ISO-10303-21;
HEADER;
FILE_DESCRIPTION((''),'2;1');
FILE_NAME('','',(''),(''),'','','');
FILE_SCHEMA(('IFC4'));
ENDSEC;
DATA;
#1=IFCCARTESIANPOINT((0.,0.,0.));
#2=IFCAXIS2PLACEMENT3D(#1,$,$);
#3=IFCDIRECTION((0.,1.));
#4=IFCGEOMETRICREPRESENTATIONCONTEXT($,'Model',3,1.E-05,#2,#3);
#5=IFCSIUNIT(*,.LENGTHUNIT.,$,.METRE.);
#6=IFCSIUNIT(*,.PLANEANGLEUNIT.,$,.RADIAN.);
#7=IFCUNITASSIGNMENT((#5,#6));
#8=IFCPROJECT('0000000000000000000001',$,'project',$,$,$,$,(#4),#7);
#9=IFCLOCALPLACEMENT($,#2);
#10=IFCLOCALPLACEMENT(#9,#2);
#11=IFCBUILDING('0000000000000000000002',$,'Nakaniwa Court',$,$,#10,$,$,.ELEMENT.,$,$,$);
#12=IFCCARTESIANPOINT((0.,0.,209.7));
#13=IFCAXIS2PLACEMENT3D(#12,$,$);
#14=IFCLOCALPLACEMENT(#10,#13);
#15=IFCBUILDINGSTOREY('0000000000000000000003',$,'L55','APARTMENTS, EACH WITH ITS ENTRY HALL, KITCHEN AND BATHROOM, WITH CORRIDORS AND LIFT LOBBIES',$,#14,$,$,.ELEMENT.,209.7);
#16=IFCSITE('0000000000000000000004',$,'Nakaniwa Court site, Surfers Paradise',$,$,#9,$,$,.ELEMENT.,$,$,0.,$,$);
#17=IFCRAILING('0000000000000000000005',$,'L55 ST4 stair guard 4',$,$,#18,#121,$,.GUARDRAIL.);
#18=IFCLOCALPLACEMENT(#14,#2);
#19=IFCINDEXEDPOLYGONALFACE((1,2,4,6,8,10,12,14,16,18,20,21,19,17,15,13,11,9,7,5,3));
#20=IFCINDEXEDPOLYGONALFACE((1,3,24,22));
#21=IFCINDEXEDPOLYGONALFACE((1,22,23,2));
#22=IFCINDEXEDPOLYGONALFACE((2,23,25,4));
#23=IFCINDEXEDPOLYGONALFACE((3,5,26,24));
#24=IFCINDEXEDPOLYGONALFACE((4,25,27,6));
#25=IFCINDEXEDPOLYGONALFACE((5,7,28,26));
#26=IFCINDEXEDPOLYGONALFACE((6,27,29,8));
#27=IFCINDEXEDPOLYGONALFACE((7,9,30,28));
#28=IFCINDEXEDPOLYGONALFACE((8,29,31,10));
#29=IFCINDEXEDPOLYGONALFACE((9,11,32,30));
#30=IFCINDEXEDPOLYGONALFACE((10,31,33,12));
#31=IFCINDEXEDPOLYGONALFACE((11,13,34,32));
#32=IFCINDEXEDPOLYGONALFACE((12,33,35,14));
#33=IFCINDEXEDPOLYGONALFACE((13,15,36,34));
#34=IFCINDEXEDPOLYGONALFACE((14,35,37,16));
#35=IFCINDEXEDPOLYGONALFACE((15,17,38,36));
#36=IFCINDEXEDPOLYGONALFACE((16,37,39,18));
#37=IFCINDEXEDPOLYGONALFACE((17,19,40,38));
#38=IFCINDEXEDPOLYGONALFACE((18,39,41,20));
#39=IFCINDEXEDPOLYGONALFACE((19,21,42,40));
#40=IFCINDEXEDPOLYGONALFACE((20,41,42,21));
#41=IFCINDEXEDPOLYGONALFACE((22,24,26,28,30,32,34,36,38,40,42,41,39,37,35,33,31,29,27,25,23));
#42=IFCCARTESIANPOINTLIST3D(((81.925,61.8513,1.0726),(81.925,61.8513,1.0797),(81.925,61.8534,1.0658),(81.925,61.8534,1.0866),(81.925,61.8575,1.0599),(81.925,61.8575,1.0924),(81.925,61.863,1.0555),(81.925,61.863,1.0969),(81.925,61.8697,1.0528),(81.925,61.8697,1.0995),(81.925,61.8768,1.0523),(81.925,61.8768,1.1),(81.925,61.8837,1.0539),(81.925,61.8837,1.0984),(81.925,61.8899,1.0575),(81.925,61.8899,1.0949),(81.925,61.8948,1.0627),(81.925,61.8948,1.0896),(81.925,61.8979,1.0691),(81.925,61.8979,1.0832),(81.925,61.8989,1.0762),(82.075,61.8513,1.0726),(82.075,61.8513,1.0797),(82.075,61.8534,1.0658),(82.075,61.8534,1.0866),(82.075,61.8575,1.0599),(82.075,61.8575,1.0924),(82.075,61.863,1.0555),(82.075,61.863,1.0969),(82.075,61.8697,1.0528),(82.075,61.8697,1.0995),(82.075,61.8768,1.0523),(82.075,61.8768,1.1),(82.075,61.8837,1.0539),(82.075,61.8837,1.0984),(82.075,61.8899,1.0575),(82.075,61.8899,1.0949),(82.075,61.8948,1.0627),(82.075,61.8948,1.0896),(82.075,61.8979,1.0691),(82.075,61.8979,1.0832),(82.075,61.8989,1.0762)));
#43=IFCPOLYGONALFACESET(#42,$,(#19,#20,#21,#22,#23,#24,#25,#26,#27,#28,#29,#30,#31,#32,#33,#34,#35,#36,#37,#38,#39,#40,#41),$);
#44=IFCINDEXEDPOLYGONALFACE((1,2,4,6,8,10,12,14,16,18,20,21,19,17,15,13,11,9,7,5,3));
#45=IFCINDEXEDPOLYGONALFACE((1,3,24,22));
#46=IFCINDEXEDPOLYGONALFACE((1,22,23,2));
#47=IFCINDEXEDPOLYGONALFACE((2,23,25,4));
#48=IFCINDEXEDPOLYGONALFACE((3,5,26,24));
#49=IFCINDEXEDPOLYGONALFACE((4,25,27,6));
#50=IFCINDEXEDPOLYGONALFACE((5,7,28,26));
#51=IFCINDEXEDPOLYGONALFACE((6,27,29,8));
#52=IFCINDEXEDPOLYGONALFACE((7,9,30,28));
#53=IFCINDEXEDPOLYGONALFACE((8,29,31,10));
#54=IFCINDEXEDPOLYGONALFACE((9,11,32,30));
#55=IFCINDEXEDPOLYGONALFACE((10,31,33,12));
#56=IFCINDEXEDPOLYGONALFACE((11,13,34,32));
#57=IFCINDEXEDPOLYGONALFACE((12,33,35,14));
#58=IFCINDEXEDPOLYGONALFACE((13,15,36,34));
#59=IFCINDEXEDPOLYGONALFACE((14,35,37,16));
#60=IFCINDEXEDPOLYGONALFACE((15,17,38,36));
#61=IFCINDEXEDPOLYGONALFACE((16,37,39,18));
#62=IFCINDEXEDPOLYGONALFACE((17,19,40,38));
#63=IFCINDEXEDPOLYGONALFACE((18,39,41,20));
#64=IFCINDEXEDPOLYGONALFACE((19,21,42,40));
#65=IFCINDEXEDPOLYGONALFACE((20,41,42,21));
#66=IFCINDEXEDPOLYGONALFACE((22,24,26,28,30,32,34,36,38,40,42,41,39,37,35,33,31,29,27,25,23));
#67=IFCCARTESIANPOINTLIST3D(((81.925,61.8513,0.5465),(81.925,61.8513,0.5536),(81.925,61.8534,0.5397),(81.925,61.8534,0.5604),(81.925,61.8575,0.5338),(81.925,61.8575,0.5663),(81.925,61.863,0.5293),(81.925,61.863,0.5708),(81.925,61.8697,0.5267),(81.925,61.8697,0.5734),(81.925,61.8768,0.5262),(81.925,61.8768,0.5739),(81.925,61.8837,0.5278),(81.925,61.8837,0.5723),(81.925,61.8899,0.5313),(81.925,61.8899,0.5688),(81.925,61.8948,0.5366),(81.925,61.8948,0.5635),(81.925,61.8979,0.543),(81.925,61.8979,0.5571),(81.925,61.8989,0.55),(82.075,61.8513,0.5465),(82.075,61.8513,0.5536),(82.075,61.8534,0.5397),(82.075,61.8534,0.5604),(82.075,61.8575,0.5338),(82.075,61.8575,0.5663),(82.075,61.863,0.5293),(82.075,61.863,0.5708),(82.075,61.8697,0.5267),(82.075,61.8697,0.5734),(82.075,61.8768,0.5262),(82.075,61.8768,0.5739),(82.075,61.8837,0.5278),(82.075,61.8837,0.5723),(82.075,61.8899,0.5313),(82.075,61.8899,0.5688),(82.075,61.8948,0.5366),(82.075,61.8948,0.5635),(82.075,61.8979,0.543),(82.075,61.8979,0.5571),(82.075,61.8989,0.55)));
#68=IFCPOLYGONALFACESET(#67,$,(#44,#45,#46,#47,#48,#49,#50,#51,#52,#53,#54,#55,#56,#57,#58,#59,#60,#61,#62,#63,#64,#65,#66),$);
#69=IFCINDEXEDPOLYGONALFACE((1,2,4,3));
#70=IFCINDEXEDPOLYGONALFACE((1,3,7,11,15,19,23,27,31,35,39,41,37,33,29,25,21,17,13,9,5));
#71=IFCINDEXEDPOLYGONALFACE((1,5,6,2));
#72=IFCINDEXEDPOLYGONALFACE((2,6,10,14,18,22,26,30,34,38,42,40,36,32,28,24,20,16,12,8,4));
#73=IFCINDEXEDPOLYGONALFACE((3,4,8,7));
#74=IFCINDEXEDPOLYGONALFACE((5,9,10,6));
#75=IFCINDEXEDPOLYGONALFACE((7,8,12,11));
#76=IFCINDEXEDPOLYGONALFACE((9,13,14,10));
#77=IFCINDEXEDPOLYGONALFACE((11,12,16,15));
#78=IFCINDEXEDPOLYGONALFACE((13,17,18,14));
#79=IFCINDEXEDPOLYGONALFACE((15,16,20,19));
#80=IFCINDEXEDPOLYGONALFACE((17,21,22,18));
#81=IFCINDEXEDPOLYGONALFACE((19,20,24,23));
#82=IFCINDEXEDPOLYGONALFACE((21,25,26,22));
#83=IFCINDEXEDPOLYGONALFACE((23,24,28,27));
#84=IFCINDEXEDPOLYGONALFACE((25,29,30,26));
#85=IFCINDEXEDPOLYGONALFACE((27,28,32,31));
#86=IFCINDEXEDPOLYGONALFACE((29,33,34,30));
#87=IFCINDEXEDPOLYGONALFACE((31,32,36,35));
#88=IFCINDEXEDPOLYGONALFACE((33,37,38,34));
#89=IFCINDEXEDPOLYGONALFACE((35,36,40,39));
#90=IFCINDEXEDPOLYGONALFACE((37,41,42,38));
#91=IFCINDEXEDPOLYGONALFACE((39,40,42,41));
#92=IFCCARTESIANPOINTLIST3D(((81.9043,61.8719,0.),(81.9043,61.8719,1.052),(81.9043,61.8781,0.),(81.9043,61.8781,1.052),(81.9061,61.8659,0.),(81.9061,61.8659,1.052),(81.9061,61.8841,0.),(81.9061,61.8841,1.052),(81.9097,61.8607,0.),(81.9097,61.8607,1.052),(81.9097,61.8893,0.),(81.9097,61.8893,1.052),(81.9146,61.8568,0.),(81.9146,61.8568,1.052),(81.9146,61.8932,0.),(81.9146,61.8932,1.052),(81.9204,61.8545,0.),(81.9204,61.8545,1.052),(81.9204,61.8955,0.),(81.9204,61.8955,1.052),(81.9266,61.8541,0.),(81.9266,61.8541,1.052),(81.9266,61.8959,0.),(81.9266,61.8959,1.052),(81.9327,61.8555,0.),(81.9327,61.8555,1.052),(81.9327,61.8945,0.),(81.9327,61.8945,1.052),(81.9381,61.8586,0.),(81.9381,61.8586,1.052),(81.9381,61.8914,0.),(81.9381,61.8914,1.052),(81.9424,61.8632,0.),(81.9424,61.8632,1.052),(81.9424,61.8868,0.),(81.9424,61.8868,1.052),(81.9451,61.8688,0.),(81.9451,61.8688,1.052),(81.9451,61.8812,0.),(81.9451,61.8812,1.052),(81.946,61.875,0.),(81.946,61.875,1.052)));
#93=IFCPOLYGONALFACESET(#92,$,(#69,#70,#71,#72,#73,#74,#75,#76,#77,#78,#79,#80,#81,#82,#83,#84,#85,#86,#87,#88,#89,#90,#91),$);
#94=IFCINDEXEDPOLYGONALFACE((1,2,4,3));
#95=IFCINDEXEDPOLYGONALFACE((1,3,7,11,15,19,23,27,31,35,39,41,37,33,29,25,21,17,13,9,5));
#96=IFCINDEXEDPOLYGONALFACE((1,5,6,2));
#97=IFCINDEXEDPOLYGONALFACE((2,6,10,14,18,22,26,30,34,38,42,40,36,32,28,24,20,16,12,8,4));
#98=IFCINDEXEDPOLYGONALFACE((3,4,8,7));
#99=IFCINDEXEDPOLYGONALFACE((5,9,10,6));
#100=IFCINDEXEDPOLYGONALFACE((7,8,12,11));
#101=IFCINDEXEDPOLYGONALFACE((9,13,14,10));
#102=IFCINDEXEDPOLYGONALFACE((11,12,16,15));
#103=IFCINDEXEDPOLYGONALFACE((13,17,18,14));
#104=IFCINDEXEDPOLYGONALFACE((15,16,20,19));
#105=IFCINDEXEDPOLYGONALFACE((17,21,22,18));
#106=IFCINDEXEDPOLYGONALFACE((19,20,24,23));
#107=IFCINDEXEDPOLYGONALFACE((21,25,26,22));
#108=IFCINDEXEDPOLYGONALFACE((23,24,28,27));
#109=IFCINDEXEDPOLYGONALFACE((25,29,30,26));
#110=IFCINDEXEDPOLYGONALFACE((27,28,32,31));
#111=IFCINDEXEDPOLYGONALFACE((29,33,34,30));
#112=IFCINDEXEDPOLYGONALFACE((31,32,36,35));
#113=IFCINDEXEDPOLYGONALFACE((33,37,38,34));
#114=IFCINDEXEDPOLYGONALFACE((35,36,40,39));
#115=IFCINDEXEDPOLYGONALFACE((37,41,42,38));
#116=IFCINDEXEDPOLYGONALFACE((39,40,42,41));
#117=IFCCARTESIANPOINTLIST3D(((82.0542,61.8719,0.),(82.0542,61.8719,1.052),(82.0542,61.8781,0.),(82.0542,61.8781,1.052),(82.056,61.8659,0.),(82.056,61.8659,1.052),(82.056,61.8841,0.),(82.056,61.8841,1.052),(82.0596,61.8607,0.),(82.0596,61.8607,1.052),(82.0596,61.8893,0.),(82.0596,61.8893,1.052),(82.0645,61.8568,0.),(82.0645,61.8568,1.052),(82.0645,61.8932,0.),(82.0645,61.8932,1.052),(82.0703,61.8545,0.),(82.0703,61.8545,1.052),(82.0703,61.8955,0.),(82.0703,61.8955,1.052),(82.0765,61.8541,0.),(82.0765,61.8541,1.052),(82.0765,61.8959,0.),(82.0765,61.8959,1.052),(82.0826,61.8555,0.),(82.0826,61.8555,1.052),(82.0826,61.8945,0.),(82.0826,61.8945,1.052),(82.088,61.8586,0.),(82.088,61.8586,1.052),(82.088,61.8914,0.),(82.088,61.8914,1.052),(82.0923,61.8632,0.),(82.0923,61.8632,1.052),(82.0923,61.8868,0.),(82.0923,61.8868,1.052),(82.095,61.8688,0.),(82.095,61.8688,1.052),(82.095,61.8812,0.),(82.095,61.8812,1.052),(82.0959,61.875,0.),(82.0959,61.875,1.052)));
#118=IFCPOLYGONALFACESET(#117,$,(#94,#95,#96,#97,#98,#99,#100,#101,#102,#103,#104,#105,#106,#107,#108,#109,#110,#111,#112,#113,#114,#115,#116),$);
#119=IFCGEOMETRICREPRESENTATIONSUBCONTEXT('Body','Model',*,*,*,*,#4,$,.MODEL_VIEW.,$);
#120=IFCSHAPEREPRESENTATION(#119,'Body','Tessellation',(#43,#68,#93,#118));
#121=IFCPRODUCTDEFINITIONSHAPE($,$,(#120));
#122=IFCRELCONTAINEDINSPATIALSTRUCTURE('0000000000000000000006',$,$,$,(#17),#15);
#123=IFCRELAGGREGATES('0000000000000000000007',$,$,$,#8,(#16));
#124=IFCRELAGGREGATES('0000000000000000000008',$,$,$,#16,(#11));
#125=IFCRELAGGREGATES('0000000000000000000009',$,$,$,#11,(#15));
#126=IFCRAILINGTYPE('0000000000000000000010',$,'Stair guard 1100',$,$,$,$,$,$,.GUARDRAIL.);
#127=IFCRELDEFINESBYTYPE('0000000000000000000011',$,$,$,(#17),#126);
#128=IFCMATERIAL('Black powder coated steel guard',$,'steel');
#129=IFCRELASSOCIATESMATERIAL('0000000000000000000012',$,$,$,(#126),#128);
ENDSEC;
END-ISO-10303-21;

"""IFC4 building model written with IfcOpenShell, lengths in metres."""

from ifc_helpers import new_model, si_unit, direction, frame, origin, origin_2d, place, context, subcontext, project, spatial, circle, extrude, material, type_object, element, save


model = new_model("IFC4")

# Units and contexts
model_context = context("Model", 3, precision=1e-05, world=origin(), true_north=direction((0.0, 1.0)))
body_context = subcontext(model_context, "Body", "Model", "MODEL_VIEW")
ifc_project = project(units=[si_unit("LENGTHUNIT", "METRE"), si_unit("PLANEANGLEUNIT", "RADIAN")], contexts=[model_context])

# Site, building, storey
site_placement = place(None, origin())
site = spatial("IfcSite", under=ifc_project, at=site_placement, Name="Nakaniwa Court site, Surfers Paradise", CompositionType="ELEMENT", RefElevation=0.0)
building_placement = place(site_placement, origin())
building = spatial("IfcBuilding", under=site, at=building_placement, Name="Nakaniwa Court", CompositionType="ELEMENT")
storey_placement = place(building_placement, frame((0.0, 0.0, 209.7)))
storey = spatial("IfcBuildingStorey", under=building, at=storey_placement, Name="L55", Description="APARTMENTS, EACH WITH ITS ENTRY HALL, KITCHEN AND BATHROOM, WITH CORRIDORS AND LIFT LOBBIES", CompositionType="ELEMENT", Elevation=209.7)

# Railing
ifc_material_1 = material(Name="Black powder coated steel guard", Category="steel")
railing_type_1 = type_object("IfcRailingType", Name="Stair guard 1100", PredefinedType="GUARDRAIL", material=ifc_material_1)
railing_1_placement = place(storey_placement, frame((81.925, 61.875, 0.0)))
element("IfcRailing", 1, at=railing_1_placement, inside=storey, type_object=railing_type_1, Name="L55 ST4 stair guard 4", PredefinedType="GUARDRAIL", context=body_context, shape_type="SweptSolid", body=[
    extrude(circle(Radius=0.0239, at=origin_2d()), frame((0.0, 0.0, 1.0762), z_axis=(1.0, 0.0, 0.0), x_axis=(0.0, 1.0, 0.0)), (0.0, 0.0, 1.0), 0.1499),
    extrude(circle(Radius=0.0239, at=origin_2d()), frame((0.0, 0.0, 0.55), z_axis=(1.0, 0.0, 0.0), x_axis=(0.0, 1.0, 0.0)), (0.0, 0.0, 1.0), 0.1499),
    extrude(circle(Radius=0.021, at=origin_2d()), origin(), (0.0, 0.0, 1.0), 1.052),
    extrude(circle(Radius=0.021, at=origin_2d()), frame((0.1499, 0.0, 0.0)), (0.0, 0.0, 1.0), 1.052),
])

save(model, "model.ifc")
